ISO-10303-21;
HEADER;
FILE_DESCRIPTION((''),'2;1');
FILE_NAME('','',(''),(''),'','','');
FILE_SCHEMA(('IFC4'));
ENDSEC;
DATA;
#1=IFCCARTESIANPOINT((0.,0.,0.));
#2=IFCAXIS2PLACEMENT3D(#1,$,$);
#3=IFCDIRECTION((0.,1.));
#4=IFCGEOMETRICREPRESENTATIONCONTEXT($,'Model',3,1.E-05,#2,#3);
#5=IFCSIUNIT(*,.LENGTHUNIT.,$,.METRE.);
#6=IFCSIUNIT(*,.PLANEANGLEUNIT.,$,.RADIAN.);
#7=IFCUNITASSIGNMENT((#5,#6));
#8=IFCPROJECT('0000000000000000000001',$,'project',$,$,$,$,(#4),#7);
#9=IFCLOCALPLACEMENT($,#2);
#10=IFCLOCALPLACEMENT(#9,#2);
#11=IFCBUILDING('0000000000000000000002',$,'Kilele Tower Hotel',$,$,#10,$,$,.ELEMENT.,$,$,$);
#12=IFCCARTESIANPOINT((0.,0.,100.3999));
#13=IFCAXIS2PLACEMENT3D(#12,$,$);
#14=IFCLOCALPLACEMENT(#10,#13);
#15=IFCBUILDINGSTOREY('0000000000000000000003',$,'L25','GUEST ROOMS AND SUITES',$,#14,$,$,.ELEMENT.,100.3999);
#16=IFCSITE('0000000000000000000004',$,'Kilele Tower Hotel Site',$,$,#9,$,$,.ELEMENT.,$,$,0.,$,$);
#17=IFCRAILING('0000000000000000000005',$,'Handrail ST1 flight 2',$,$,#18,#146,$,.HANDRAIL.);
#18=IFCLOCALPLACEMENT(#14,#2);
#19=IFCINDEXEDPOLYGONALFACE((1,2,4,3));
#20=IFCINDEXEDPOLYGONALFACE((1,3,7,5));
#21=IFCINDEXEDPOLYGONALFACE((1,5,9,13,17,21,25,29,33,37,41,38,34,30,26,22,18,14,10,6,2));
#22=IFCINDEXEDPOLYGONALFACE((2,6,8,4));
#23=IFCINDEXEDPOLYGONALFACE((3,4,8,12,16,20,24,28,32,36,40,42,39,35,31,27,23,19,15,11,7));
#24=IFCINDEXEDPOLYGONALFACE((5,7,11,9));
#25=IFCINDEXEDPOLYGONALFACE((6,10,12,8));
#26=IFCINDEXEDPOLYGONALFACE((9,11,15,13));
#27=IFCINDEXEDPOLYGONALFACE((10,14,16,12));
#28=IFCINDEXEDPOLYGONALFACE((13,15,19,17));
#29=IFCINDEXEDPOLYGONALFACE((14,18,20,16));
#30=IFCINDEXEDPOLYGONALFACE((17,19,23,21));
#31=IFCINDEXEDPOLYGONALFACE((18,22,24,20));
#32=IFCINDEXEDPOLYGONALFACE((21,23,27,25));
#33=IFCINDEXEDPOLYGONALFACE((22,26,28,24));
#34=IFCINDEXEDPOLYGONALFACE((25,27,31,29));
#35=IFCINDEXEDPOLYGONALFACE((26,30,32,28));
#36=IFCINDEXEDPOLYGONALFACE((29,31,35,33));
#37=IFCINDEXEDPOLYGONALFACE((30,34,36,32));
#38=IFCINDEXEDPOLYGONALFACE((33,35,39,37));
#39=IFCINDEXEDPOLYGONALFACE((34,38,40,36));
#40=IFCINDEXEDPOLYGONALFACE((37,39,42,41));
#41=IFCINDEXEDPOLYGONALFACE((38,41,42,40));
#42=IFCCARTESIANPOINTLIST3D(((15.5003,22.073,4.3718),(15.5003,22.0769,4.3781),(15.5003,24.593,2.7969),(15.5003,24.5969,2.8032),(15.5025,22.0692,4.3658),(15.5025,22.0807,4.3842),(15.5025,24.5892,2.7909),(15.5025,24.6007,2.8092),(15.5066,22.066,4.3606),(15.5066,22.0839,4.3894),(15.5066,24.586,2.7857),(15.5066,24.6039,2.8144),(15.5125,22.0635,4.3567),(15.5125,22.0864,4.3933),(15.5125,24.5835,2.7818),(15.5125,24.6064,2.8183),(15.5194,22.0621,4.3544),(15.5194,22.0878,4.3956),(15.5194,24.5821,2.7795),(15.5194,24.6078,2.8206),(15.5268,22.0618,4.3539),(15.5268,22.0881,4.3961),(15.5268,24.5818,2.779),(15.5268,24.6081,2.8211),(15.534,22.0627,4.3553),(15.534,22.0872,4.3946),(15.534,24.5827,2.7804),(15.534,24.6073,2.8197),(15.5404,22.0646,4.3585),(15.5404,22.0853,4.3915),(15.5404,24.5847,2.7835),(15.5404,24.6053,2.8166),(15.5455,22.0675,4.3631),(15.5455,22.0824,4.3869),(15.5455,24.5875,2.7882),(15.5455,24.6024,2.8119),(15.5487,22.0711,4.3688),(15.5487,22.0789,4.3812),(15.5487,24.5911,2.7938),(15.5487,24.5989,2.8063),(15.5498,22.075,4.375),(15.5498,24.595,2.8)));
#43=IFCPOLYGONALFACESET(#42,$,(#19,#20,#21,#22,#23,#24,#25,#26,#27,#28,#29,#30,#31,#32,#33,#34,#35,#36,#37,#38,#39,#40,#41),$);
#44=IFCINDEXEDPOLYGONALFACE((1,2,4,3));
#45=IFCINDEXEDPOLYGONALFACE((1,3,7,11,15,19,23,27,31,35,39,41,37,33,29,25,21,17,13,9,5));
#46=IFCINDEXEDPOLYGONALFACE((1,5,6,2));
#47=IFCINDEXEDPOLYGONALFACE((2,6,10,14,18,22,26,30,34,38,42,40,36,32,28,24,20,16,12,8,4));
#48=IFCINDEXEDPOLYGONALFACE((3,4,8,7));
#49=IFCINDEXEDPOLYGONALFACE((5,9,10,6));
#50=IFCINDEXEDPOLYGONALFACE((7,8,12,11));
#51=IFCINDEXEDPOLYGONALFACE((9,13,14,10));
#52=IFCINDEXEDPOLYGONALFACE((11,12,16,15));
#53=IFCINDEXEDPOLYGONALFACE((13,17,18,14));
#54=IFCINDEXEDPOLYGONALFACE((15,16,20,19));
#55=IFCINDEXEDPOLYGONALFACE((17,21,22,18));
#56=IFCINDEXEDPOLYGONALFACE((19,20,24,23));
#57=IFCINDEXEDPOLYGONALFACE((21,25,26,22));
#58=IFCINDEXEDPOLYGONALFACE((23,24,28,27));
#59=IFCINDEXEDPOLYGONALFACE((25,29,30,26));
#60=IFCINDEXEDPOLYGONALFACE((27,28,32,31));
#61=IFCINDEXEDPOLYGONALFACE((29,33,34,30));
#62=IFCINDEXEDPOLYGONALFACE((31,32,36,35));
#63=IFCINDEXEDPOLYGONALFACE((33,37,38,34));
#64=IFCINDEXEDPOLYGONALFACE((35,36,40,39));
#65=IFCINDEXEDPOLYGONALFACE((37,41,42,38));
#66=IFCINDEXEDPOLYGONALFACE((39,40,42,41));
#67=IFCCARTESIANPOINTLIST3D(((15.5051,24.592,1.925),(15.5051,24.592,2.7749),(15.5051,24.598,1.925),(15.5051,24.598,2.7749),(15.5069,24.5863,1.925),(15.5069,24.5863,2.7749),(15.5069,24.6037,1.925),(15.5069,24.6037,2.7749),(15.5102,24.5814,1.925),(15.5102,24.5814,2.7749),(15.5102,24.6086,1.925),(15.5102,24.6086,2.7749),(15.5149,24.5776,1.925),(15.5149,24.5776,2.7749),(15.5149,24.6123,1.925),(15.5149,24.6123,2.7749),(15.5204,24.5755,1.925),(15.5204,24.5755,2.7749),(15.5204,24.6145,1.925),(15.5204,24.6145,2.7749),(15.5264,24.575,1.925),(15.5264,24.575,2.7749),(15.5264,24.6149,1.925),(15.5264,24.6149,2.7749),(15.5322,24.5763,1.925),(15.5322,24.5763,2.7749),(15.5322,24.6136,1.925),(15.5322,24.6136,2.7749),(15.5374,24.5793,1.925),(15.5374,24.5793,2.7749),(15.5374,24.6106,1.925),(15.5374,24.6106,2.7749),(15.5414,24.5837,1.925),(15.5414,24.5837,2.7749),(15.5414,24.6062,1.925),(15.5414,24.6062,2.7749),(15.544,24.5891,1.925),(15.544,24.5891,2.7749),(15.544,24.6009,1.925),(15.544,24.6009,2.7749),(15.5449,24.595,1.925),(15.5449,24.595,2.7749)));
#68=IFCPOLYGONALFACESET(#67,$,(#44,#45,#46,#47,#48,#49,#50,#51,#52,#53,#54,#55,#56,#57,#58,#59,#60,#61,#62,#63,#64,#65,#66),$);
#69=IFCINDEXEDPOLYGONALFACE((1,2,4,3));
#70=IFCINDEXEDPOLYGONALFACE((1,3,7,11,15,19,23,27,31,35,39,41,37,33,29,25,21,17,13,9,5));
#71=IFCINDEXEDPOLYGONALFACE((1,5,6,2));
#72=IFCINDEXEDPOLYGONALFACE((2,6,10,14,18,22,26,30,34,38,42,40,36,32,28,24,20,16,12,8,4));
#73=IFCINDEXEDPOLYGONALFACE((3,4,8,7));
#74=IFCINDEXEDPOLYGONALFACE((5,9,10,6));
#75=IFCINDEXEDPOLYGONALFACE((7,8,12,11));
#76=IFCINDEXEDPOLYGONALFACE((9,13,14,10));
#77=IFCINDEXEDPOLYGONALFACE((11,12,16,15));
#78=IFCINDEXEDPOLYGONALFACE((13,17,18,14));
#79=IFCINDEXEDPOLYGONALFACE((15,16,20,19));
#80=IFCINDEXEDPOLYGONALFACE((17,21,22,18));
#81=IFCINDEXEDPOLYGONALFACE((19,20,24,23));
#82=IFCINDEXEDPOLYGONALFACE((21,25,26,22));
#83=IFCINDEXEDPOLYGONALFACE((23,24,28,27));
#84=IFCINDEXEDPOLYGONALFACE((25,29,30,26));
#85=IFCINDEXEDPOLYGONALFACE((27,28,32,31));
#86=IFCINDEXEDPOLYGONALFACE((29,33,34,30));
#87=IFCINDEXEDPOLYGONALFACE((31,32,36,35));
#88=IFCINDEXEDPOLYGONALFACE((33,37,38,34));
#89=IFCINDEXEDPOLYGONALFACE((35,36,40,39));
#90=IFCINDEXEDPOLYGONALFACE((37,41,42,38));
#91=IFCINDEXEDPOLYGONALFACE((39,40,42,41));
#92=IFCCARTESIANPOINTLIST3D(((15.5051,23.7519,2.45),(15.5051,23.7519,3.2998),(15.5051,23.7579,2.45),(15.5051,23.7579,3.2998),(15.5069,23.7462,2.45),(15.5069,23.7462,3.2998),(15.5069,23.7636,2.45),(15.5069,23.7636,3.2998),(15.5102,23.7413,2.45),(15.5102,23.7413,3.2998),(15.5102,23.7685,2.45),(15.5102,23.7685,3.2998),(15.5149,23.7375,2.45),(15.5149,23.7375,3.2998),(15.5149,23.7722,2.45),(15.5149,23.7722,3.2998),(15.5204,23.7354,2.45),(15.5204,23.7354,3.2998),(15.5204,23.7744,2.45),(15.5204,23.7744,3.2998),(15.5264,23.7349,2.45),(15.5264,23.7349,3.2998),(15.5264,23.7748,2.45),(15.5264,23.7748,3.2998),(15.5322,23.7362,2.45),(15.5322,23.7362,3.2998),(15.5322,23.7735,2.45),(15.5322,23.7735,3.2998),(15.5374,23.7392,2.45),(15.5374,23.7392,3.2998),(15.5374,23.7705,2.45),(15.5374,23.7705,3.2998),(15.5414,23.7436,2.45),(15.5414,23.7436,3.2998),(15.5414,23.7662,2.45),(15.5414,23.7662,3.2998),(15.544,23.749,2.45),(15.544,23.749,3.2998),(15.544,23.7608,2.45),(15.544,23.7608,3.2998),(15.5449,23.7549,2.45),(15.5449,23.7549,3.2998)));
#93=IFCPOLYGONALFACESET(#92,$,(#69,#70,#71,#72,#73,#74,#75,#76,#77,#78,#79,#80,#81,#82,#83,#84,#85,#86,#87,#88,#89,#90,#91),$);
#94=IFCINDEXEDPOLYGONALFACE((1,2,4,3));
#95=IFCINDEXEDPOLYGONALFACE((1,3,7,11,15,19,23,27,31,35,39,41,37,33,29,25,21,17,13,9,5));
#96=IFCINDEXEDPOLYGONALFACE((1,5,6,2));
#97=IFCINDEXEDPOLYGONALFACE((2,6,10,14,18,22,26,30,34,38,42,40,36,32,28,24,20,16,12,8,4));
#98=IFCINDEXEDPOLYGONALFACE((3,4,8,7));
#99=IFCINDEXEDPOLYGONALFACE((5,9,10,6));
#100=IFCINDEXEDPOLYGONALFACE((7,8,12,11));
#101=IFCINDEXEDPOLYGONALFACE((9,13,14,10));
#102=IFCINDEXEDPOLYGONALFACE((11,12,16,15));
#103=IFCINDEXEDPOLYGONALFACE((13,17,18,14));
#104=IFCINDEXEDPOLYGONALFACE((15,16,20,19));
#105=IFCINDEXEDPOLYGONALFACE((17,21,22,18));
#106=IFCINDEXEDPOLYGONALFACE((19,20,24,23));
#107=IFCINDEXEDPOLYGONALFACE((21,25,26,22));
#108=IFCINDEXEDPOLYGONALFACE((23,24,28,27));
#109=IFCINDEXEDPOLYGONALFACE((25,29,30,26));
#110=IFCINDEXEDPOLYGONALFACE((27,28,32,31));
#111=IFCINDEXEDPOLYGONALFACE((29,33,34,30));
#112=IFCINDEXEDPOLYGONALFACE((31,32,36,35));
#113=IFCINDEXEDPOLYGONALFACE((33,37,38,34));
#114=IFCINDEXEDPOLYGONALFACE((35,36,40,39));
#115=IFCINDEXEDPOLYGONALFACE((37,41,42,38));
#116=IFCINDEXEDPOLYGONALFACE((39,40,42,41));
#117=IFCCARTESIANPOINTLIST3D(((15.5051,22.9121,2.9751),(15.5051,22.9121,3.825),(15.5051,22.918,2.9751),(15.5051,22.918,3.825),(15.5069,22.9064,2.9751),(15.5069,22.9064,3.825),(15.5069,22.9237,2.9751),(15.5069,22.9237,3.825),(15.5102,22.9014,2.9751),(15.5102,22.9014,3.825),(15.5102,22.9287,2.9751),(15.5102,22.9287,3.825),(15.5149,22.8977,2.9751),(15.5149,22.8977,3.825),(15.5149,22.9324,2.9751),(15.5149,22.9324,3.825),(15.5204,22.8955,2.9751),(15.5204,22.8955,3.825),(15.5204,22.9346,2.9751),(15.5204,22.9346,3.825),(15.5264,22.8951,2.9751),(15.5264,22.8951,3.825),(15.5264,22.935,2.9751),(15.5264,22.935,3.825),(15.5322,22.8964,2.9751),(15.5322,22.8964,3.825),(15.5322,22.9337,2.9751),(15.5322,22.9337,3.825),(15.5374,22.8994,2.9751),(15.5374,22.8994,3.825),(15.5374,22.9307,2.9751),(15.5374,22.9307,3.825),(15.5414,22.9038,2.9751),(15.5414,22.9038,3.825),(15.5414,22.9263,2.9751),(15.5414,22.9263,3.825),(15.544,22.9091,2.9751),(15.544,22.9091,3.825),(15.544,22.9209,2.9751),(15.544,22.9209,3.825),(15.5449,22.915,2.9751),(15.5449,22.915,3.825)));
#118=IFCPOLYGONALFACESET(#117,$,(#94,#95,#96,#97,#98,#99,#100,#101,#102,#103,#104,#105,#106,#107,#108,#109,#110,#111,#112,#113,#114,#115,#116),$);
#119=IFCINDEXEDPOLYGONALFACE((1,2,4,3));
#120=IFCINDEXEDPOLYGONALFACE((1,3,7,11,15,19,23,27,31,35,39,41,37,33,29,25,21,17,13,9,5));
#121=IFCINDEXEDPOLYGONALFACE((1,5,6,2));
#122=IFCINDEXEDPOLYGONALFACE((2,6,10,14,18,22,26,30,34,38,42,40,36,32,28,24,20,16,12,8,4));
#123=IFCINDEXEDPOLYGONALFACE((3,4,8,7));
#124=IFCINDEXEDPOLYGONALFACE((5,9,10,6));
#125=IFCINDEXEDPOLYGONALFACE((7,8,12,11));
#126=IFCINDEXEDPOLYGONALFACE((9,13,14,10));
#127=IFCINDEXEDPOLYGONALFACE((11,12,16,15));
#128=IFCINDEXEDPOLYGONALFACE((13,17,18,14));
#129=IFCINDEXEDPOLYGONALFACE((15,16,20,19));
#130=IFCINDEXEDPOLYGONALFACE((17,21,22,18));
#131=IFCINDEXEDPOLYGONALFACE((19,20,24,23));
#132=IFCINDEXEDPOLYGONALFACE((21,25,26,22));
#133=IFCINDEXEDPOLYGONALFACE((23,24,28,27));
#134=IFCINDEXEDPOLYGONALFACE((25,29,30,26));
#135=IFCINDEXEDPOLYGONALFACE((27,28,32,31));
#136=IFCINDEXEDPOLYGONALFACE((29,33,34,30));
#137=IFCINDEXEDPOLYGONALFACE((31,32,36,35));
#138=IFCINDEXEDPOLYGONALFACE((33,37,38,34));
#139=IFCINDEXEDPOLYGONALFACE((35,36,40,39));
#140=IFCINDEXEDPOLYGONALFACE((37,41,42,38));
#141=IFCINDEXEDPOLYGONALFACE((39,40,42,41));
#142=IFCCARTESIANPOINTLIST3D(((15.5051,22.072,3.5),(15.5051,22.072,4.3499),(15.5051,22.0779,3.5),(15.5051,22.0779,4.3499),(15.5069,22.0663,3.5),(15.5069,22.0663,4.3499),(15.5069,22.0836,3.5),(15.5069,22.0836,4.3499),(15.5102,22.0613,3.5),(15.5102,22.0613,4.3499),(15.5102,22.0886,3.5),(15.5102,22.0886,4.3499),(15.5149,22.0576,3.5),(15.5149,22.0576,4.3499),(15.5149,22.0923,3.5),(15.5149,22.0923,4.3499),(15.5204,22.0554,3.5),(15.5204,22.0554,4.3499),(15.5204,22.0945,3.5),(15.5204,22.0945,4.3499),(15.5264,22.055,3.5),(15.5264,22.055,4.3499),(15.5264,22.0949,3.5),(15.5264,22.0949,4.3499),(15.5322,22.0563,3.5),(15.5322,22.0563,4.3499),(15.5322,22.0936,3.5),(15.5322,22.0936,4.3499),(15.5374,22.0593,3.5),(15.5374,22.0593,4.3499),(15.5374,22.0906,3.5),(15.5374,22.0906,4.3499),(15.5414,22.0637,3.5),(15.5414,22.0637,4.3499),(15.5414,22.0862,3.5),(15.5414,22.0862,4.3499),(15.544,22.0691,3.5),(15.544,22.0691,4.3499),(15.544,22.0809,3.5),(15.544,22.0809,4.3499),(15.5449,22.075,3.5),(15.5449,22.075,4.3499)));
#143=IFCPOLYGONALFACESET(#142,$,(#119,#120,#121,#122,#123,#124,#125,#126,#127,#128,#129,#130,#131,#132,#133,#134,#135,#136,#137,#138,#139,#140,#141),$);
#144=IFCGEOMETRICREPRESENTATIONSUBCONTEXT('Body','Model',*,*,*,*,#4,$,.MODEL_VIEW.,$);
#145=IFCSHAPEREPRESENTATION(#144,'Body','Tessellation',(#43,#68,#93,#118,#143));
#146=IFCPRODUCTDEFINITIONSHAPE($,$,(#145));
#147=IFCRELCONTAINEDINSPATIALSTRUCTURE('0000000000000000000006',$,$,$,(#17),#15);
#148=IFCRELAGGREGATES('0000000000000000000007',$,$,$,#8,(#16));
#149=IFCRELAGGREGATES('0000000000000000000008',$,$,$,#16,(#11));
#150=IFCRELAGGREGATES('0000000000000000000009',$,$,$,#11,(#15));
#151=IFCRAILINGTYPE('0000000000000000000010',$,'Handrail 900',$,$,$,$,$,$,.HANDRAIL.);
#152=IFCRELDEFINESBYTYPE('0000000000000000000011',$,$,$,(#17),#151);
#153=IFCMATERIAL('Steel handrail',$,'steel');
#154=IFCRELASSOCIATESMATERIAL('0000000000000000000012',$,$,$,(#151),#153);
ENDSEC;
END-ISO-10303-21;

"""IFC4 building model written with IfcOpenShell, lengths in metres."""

from ifc_helpers import new_model, si_unit, direction, frame, origin, origin_2d, place, context, subcontext, project, spatial, circle, extrude, material, type_object, element, save


model = new_model("IFC4")

# Units and contexts
model_context = context("Model", 3, precision=1e-05, world=origin(), true_north=direction((0.0, 1.0)))
body_context = subcontext(model_context, "Body", "Model", "MODEL_VIEW")
ifc_project = project(units=[si_unit("LENGTHUNIT", "METRE"), si_unit("PLANEANGLEUNIT", "RADIAN")], contexts=[model_context])

# Site, building, storey
site_placement = place(None, origin())
site = spatial("IfcSite", under=ifc_project, at=site_placement, Name="Kilele Tower Hotel Site", CompositionType="ELEMENT", RefElevation=0.0)
building_placement = place(site_placement, origin())
building = spatial("IfcBuilding", under=site, at=building_placement, Name="Kilele Tower Hotel", CompositionType="ELEMENT")
storey_placement = place(building_placement, frame((0.0, 0.0, 100.3999)))
storey = spatial("IfcBuildingStorey", under=building, at=storey_placement, Name="L25", Description="GUEST ROOMS AND SUITES", CompositionType="ELEMENT", Elevation=100.3999)

# Railing
ifc_material_1 = material(Name="Steel handrail", Category="steel")
railing_type_1 = type_object("IfcRailingType", Name="Handrail 900", PredefinedType="HANDRAIL", material=ifc_material_1)
for number, where, name in (
    (1, (15.5249, 24.595, 1.925), "Handrail ST1 flight 2"),
):
    element("IfcRailing", number, at=place(storey_placement, frame(where)), inside=storey, type_object=railing_type_1, Name=name, PredefinedType="HANDRAIL", context=body_context, shape_type="SweptSolid", body=[
        extrude(circle(Radius=0.0249, at=origin_2d()), frame((0.0, 0.0, 0.875), z_axis=(0.0, -0.848008, 0.529984), x_axis=(1.0, 0.0, 0.0)), (0.0, 0.0, 1.0), 2.9717),
        extrude(circle(Radius=0.02, at=origin_2d()), origin(), (0.0, 0.0, 1.0), 0.8499),
        extrude(circle(Radius=0.02, at=origin_2d()), frame((0.0, -0.8401, 0.5249)), (0.0, 0.0, 1.0), 0.8499),
        extrude(circle(Radius=0.02, at=origin_2d()), frame((0.0, -1.6799, 1.05)), (0.0, 0.0, 1.0), 0.8499),
        extrude(circle(Radius=0.02, at=origin_2d()), frame((0.0, -2.52, 1.575)), (0.0, 0.0, 1.0), 0.8499),
    ])

save(model, "model.ifc")
